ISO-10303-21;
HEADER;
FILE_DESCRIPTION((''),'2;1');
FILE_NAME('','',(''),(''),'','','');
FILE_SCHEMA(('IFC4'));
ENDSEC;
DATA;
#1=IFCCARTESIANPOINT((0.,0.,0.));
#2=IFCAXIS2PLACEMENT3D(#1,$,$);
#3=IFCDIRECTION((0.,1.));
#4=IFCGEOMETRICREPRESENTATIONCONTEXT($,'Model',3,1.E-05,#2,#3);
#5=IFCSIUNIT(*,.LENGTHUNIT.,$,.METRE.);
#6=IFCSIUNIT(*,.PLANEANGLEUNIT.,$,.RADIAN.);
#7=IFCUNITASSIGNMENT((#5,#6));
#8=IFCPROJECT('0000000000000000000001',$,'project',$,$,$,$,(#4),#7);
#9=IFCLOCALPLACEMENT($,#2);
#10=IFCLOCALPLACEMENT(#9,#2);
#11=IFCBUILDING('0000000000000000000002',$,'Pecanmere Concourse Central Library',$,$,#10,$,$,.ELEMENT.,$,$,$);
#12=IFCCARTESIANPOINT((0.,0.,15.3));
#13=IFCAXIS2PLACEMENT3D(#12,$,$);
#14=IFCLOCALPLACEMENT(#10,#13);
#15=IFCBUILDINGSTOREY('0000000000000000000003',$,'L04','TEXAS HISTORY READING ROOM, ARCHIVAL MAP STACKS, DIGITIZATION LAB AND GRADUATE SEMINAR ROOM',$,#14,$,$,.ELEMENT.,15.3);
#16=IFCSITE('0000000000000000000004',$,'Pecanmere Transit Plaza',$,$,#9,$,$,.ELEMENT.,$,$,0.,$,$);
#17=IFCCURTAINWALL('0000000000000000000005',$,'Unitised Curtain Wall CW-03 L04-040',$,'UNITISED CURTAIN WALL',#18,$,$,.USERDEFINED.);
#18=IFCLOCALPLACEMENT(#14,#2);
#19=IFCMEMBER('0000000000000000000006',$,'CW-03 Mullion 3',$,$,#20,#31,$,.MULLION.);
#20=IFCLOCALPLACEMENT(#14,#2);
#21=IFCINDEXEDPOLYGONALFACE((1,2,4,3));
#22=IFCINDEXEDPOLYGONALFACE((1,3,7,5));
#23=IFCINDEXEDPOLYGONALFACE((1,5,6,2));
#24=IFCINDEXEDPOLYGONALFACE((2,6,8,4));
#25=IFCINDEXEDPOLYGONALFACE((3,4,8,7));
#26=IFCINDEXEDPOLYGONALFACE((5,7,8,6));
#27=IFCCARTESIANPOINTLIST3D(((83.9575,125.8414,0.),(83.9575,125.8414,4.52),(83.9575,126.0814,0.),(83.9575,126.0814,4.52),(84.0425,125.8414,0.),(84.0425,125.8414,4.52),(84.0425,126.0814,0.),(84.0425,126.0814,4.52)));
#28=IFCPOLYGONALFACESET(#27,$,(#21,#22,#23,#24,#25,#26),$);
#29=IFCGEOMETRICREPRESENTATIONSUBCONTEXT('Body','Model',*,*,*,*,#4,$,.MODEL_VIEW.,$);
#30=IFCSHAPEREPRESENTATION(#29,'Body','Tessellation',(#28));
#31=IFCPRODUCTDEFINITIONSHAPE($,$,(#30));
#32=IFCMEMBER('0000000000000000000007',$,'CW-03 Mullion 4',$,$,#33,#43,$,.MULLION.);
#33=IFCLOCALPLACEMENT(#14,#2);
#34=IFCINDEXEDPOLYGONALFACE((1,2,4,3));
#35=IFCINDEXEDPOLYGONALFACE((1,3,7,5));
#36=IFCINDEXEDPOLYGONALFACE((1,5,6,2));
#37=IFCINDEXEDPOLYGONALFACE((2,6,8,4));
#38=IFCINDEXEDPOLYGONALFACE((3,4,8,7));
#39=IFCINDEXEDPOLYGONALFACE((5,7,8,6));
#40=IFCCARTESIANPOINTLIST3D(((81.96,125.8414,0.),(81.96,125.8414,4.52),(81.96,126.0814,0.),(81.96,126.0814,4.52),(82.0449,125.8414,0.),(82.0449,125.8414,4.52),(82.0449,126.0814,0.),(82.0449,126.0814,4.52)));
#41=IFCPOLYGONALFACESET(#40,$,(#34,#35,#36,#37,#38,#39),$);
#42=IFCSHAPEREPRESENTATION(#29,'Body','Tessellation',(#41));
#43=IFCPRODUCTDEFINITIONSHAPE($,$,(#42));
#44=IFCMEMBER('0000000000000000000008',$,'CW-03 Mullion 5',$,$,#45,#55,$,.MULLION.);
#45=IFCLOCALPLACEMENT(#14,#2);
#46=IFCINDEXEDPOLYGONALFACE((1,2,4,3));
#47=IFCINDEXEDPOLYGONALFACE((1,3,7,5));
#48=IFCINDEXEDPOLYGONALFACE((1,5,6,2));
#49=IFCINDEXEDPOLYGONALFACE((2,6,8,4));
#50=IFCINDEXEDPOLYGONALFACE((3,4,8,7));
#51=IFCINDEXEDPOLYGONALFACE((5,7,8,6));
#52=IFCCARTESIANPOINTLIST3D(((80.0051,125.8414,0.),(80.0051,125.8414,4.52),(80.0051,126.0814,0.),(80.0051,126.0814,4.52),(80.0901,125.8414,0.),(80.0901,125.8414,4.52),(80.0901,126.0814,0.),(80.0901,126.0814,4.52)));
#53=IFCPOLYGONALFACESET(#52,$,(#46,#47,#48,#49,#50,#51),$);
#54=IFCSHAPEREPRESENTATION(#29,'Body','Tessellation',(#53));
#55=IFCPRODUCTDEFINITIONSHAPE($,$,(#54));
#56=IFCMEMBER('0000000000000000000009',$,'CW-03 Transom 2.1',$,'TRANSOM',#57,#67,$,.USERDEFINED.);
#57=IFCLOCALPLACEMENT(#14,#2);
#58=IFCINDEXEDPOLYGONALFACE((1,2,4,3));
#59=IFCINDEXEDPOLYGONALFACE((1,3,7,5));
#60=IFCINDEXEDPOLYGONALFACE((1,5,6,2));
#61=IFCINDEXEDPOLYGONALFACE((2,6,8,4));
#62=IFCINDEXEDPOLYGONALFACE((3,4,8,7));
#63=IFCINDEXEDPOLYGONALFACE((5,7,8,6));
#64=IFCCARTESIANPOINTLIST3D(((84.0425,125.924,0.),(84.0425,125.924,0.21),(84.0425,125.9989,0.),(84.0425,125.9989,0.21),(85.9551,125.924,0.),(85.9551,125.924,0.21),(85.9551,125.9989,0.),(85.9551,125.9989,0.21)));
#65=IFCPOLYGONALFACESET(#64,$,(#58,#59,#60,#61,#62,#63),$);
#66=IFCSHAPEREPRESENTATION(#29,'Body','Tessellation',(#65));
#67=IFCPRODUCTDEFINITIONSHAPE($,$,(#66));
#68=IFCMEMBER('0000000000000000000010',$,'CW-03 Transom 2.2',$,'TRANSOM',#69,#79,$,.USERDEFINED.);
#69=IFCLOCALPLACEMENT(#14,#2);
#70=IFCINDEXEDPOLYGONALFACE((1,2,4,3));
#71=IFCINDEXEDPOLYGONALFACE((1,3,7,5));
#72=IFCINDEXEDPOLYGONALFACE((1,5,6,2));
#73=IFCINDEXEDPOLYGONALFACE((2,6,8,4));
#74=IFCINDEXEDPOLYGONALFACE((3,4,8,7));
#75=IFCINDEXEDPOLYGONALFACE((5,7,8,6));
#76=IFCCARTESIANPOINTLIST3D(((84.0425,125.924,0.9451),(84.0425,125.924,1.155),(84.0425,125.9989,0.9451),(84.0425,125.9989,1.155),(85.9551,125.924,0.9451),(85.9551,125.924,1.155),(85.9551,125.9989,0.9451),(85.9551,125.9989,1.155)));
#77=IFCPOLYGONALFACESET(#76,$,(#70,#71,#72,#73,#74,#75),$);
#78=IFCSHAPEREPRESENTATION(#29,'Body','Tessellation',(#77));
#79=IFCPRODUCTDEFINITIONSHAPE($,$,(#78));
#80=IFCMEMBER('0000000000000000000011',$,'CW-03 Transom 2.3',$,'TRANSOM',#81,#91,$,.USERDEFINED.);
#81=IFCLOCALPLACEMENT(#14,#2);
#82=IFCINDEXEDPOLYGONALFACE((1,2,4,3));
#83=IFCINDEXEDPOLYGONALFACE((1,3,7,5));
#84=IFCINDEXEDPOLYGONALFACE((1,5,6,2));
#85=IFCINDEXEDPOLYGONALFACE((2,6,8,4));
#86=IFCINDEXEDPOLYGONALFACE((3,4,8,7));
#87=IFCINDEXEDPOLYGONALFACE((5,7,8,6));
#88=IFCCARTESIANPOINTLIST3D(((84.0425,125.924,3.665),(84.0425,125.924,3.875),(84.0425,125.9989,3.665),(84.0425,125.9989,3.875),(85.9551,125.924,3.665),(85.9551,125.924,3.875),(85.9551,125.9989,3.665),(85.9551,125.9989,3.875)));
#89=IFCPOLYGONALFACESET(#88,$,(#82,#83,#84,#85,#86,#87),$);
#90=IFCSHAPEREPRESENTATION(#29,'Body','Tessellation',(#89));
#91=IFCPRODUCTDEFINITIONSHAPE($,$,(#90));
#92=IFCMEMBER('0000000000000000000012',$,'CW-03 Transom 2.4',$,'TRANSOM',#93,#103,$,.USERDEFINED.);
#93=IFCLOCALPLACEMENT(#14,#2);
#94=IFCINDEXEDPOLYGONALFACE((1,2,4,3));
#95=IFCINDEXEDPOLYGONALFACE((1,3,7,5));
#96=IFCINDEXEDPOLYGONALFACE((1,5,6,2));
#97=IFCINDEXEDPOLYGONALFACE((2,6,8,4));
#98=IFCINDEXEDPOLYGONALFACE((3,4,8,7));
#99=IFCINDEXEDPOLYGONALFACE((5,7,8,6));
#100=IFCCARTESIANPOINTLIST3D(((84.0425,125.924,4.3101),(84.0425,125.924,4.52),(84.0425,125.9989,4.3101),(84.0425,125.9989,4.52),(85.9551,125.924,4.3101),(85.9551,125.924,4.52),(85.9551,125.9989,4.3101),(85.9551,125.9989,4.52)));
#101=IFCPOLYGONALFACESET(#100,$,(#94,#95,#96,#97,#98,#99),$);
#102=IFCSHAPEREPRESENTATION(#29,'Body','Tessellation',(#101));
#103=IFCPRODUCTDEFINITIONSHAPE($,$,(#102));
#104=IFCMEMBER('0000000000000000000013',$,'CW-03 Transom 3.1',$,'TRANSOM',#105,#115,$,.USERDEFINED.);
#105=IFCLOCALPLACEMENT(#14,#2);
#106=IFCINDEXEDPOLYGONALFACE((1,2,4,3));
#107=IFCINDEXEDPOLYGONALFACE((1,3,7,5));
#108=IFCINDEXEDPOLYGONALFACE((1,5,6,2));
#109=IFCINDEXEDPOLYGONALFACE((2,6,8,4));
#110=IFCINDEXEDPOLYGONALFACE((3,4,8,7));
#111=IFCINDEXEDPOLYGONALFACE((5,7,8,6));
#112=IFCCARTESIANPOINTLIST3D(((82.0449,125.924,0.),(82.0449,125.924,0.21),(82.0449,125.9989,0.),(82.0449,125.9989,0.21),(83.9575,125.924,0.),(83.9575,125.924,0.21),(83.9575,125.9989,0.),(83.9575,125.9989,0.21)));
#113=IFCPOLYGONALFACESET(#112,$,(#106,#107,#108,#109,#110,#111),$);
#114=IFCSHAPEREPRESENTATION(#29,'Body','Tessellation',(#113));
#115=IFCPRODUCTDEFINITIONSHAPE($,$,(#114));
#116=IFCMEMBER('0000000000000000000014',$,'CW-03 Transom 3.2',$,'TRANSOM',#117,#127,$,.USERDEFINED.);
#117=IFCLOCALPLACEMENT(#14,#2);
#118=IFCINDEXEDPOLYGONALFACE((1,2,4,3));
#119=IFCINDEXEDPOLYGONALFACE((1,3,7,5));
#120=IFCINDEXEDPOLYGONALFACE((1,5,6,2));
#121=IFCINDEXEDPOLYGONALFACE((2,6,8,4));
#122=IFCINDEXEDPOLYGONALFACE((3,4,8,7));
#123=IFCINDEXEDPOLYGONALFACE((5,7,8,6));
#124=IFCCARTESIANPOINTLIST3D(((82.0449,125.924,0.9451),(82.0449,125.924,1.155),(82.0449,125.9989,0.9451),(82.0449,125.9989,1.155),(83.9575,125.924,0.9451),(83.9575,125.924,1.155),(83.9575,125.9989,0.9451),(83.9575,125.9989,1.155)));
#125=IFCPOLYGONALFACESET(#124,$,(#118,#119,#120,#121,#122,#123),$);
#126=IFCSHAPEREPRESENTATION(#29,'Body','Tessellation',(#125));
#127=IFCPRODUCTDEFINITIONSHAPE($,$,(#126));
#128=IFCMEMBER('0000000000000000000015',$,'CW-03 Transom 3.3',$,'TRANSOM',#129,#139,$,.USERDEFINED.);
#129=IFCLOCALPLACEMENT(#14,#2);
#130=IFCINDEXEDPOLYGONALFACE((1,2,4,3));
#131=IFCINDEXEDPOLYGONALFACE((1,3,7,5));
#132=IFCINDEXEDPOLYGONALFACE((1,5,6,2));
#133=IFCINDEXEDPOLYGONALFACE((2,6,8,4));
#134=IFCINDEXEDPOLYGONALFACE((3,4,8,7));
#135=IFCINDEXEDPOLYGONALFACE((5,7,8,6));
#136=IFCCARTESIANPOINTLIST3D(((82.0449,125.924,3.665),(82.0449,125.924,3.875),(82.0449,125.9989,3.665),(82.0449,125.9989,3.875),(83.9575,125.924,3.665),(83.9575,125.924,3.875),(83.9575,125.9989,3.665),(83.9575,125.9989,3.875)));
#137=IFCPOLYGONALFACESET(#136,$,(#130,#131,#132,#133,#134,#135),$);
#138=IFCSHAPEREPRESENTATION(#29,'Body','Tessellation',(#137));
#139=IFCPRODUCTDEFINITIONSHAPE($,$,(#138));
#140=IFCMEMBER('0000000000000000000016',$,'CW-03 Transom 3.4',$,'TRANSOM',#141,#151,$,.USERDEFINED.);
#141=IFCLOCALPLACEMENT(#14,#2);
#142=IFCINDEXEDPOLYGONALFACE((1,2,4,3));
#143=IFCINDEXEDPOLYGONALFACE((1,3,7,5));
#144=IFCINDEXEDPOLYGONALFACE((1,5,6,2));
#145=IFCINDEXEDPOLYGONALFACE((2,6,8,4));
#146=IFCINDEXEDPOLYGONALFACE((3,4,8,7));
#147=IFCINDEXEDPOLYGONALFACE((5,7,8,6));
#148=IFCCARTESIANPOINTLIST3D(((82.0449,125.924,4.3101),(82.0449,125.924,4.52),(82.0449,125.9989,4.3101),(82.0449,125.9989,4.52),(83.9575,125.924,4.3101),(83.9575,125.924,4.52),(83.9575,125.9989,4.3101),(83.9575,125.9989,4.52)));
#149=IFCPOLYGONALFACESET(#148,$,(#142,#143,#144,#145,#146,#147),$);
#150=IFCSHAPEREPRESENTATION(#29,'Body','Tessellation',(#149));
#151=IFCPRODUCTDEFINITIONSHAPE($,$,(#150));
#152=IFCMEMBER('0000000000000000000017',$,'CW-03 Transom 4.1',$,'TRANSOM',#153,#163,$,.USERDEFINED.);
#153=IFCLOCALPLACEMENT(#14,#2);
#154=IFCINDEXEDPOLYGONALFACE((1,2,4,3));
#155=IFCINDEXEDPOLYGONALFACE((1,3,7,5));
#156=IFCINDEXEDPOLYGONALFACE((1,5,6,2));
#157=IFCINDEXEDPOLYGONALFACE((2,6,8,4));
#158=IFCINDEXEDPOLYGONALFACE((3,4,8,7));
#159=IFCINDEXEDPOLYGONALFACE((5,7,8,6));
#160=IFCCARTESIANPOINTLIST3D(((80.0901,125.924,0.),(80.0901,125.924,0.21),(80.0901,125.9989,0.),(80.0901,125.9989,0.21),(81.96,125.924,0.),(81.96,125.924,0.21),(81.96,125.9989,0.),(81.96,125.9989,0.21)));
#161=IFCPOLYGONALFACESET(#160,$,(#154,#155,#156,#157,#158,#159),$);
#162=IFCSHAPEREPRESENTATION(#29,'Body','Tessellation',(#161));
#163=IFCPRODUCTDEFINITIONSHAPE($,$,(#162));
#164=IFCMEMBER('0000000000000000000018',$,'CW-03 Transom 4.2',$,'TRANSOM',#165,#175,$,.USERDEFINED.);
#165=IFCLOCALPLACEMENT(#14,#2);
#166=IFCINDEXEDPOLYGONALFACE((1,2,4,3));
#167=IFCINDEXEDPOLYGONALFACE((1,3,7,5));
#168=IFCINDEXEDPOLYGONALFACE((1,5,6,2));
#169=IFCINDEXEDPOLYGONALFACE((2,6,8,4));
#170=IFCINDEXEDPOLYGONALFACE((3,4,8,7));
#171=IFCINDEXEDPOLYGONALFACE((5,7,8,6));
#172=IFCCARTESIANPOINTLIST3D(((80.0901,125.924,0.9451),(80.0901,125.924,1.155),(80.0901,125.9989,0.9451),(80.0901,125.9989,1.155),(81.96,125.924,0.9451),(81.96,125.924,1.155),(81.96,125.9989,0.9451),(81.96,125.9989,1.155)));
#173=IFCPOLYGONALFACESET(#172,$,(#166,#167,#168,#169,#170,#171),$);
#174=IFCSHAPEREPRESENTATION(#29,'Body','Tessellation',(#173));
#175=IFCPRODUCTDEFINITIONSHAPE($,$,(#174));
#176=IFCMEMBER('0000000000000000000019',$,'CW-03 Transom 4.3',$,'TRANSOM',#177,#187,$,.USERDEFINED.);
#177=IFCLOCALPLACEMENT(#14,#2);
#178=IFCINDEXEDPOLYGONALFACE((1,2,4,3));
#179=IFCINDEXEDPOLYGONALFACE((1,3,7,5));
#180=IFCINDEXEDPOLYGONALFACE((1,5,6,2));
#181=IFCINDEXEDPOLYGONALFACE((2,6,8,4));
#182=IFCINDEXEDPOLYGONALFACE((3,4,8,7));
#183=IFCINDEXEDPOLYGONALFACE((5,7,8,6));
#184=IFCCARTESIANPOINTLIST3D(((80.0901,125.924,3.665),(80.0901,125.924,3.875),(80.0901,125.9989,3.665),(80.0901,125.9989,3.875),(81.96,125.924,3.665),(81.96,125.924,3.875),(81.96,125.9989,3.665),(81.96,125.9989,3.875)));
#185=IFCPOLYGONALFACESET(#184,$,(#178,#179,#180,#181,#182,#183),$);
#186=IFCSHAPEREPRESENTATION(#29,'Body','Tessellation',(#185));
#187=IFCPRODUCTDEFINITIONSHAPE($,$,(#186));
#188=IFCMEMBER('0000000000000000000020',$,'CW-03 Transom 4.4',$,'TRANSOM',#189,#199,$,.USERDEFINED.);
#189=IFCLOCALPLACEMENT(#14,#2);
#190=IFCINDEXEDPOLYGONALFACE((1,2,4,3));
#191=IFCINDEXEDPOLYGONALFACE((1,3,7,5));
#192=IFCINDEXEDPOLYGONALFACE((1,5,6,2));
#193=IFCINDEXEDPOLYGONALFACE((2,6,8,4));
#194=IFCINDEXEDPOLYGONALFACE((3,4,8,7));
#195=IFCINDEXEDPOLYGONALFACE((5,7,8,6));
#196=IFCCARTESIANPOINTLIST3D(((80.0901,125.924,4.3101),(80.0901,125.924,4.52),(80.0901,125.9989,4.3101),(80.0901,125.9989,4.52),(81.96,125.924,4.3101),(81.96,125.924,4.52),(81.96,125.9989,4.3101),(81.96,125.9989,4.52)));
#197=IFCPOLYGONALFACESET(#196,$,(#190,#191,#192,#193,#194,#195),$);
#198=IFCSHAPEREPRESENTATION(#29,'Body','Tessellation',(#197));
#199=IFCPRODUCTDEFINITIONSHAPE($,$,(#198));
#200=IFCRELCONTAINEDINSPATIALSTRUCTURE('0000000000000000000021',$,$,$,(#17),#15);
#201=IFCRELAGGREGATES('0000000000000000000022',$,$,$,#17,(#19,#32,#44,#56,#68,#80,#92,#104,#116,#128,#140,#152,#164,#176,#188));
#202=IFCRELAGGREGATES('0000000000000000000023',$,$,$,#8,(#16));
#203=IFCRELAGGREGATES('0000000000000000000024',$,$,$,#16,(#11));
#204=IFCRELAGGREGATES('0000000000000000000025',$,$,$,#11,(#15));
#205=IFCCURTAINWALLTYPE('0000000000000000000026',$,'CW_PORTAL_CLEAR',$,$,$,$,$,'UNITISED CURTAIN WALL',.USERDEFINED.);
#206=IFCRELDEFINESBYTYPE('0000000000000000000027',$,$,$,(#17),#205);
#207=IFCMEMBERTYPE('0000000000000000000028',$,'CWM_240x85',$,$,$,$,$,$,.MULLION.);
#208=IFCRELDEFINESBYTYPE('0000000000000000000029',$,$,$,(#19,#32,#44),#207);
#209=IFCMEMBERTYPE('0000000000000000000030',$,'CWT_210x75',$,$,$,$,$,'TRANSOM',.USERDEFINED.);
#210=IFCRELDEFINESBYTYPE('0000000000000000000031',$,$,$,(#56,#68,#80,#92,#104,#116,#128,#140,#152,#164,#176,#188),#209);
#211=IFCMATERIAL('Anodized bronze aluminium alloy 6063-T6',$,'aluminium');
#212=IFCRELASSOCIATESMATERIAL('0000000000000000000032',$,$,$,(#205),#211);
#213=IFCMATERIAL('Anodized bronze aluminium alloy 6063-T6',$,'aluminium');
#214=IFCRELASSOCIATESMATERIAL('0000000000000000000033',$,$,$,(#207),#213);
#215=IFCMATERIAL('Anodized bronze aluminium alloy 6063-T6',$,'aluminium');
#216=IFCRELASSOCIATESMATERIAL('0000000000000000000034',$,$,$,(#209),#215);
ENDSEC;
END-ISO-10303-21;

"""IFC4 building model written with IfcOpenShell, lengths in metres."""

from ifc_helpers import new_model, si_unit, direction, frame, origin, origin_2d, place, context, subcontext, project, spatial, rectangle, extrude, material, material_profile, profile_set, type_object, element, aggregate, save


model = new_model("IFC4")

# Units and contexts
model_context = context("Model", 3, precision=1e-05, world=origin(), true_north=direction((0.0, 1.0)))
body_context = subcontext(model_context, "Body", "Model", "MODEL_VIEW")
ifc_project = project(units=[si_unit("LENGTHUNIT", "METRE"), si_unit("PLANEANGLEUNIT", "RADIAN")], contexts=[model_context])

# Site, building, storey
site_placement = place(None, origin())
site = spatial("IfcSite", under=ifc_project, at=site_placement, Name="Pecanmere Transit Plaza", CompositionType="ELEMENT", RefElevation=0.0)
building_placement = place(site_placement, origin())
building = spatial("IfcBuilding", under=site, at=building_placement, Name="Pecanmere Concourse Central Library", CompositionType="ELEMENT")
storey_placement = place(building_placement, frame((0.0, 0.0, 15.3)))
storey = spatial("IfcBuildingStorey", under=building, at=storey_placement, Name="L04", Description="TEXAS HISTORY READING ROOM, ARCHIVAL MAP STACKS, DIGITIZATION LAB AND GRADUATE SEMINAR ROOM", CompositionType="ELEMENT", Elevation=15.3)

# Curtain wall, members
ifc_material_1 = material(Name="Anodized bronze aluminium alloy 6063-T6", Category="aluminium")
curtain_wall_type = type_object("IfcCurtainWallType", Name="CW_PORTAL_CLEAR", ElementType="UNITISED CURTAIN WALL", PredefinedType="USERDEFINED", material=ifc_material_1)
curtain_wall_placement = place(storey_placement, origin())
curtain_wall = element("IfcCurtainWall", 1, at=curtain_wall_placement, inside=storey, type_object=curtain_wall_type, Name="Unitised Curtain Wall CW-03 L04-040", ObjectType="UNITISED CURTAIN WALL", PredefinedType="USERDEFINED")
ifc_material_2 = material(Name="Anodized bronze aluminium alloy 6063-T6", Category="aluminium")
ifc_material_profile_1 = material_profile(ifc_material_2, rectangle(XDim=0.085, YDim=0.24, at=origin_2d()), Name="AL 85x240")
ifc_profile_set_1 = profile_set([ifc_material_profile_1], Name="Anodized bronze aluminium alloy 6063-T6")
member_type_1 = type_object("IfcMemberType", Name="CWM_240x85", PredefinedType="MULLION", material=ifc_profile_set_1)
member_1_placement = place(storey_placement, frame((84.0, 125.9614, 0.0), z_axis=(0.0, 0.0, 1.0), x_axis=(-1.0, 0.0, 0.0)))
member_1 = element("IfcMember", 2, at=member_1_placement, type_object=member_type_1, Name="CW-03 Mullion 3", PredefinedType="MULLION", context=body_context, shape_type="SweptSolid", body=[
    extrude(rectangle(XDim=0.085, YDim=0.24, at=origin_2d()), origin(), (0.0, 0.0, 1.0), 4.52),
])
member_2_placement = place(storey_placement, frame((82.0024, 125.9614, 0.0), z_axis=(0.0, 0.0, 1.0), x_axis=(-1.0, 0.0, 0.0)))
member_2 = element("IfcMember", 3, at=member_2_placement, type_object=member_type_1, Name="CW-03 Mullion 4", PredefinedType="MULLION", context=body_context, shape_type="SweptSolid", body=[
    extrude(rectangle(XDim=0.085, YDim=0.24, at=origin_2d()), origin(), (0.0, 0.0, 1.0), 4.52),
])
member_3_placement = place(storey_placement, frame((80.0476, 125.9614, 0.0), z_axis=(0.0, 0.0, 1.0), x_axis=(-1.0, 0.0, 0.0)))
member_3 = element("IfcMember", 4, at=member_3_placement, type_object=member_type_1, Name="CW-03 Mullion 5", PredefinedType="MULLION", context=body_context, shape_type="SweptSolid", body=[
    extrude(rectangle(XDim=0.085, YDim=0.24, at=origin_2d()), origin(), (0.0, 0.0, 1.0), 4.52),
])
ifc_material_3 = material(Name="Anodized bronze aluminium alloy 6063-T6", Category="aluminium")
ifc_material_profile_2 = material_profile(ifc_material_3, rectangle(XDim=0.075, YDim=0.21, at=origin_2d()), Name="AL 75x210")
ifc_profile_set_2 = profile_set([ifc_material_profile_2], Name="Anodized bronze aluminium alloy 6063-T6")
member_type_2 = type_object("IfcMemberType", Name="CWT_210x75", ElementType="TRANSOM", PredefinedType="USERDEFINED", material=ifc_profile_set_2)
member_4_placement = place(storey_placement, frame((85.9551, 125.9614, 0.105), z_axis=(-1.0, 0.0, 0.0), x_axis=(0.0, -1.0, 0.0)))
member_4 = element("IfcMember", 5, at=member_4_placement, type_object=member_type_2, Name="CW-03 Transom 2.1", ObjectType="TRANSOM", PredefinedType="USERDEFINED", context=body_context, shape_type="SweptSolid", body=[
    extrude(rectangle(XDim=0.075, YDim=0.21, at=origin_2d()), origin(), (0.0, 0.0, 1.0), 1.9126),
])
member_5_placement = place(storey_placement, frame((85.9551, 125.9614, 1.05), z_axis=(-1.0, 0.0, 0.0), x_axis=(0.0, -1.0, 0.0)))
member_5 = element("IfcMember", 6, at=member_5_placement, type_object=member_type_2, Name="CW-03 Transom 2.2", ObjectType="TRANSOM", PredefinedType="USERDEFINED", context=body_context, shape_type="SweptSolid", body=[
    extrude(rectangle(XDim=0.075, YDim=0.21, at=origin_2d()), origin(), (0.0, 0.0, 1.0), 1.9126),
])
member_6_placement = place(storey_placement, frame((85.9551, 125.9614, 3.77), z_axis=(-1.0, 0.0, 0.0), x_axis=(0.0, -1.0, 0.0)))
member_6 = element("IfcMember", 7, at=member_6_placement, type_object=member_type_2, Name="CW-03 Transom 2.3", ObjectType="TRANSOM", PredefinedType="USERDEFINED", context=body_context, shape_type="SweptSolid", body=[
    extrude(rectangle(XDim=0.075, YDim=0.21, at=origin_2d()), origin(), (0.0, 0.0, 1.0), 1.9126),
])
member_7_placement = place(storey_placement, frame((85.9551, 125.9614, 4.415), z_axis=(-1.0, 0.0, 0.0), x_axis=(0.0, -1.0, 0.0)))
member_7 = element("IfcMember", 8, at=member_7_placement, type_object=member_type_2, Name="CW-03 Transom 2.4", ObjectType="TRANSOM", PredefinedType="USERDEFINED", context=body_context, shape_type="SweptSolid", body=[
    extrude(rectangle(XDim=0.075, YDim=0.21, at=origin_2d()), origin(), (0.0, 0.0, 1.0), 1.9126),
])
member_8_placement = place(storey_placement, frame((83.9575, 125.9614, 0.105), z_axis=(-1.0, 0.0, 0.0), x_axis=(0.0, -1.0, 0.0)))
member_8 = element("IfcMember", 9, at=member_8_placement, type_object=member_type_2, Name="CW-03 Transom 3.1", ObjectType="TRANSOM", PredefinedType="USERDEFINED", context=body_context, shape_type="SweptSolid", body=[
    extrude(rectangle(XDim=0.075, YDim=0.21, at=origin_2d()), origin(), (0.0, 0.0, 1.0), 1.9126),
])
member_9_placement = place(storey_placement, frame((83.9575, 125.9614, 1.05), z_axis=(-1.0, 0.0, 0.0), x_axis=(0.0, -1.0, 0.0)))
member_9 = element("IfcMember", 10, at=member_9_placement, type_object=member_type_2, Name="CW-03 Transom 3.2", ObjectType="TRANSOM", PredefinedType="USERDEFINED", context=body_context, shape_type="SweptSolid", body=[
    extrude(rectangle(XDim=0.075, YDim=0.21, at=origin_2d()), origin(), (0.0, 0.0, 1.0), 1.9126),
])
member_10_placement = place(storey_placement, frame((83.9575, 125.9614, 3.77), z_axis=(-1.0, 0.0, 0.0), x_axis=(0.0, -1.0, 0.0)))
member_10 = element("IfcMember", 11, at=member_10_placement, type_object=member_type_2, Name="CW-03 Transom 3.3", ObjectType="TRANSOM", PredefinedType="USERDEFINED", context=body_context, shape_type="SweptSolid", body=[
    extrude(rectangle(XDim=0.075, YDim=0.21, at=origin_2d()), origin(), (0.0, 0.0, 1.0), 1.9126),
])
member_11_placement = place(storey_placement, frame((83.9575, 125.9614, 4.415), z_axis=(-1.0, 0.0, 0.0), x_axis=(0.0, -1.0, 0.0)))
member_11 = element("IfcMember", 12, at=member_11_placement, type_object=member_type_2, Name="CW-03 Transom 3.4", ObjectType="TRANSOM", PredefinedType="USERDEFINED", context=body_context, shape_type="SweptSolid", body=[
    extrude(rectangle(XDim=0.075, YDim=0.21, at=origin_2d()), origin(), (0.0, 0.0, 1.0), 1.9126),
])
member_12_placement = place(storey_placement, frame((81.96, 125.9614, 0.105), z_axis=(-1.0, 0.0, 0.0), x_axis=(0.0, -1.0, 0.0)))
member_12 = element("IfcMember", 13, at=member_12_placement, type_object=member_type_2, Name="CW-03 Transom 4.1", ObjectType="TRANSOM", PredefinedType="USERDEFINED", context=body_context, shape_type="SweptSolid", body=[
    extrude(rectangle(XDim=0.075, YDim=0.21, at=origin_2d()), origin(), (0.0, 0.0, 1.0), 1.8699),
])
member_13_placement = place(storey_placement, frame((81.96, 125.9614, 1.05), z_axis=(-1.0, 0.0, 0.0), x_axis=(0.0, -1.0, 0.0)))
member_13 = element("IfcMember", 14, at=member_13_placement, type_object=member_type_2, Name="CW-03 Transom 4.2", ObjectType="TRANSOM", PredefinedType="USERDEFINED", context=body_context, shape_type="SweptSolid", body=[
    extrude(rectangle(XDim=0.075, YDim=0.21, at=origin_2d()), origin(), (0.0, 0.0, 1.0), 1.8699),
])
member_14_placement = place(storey_placement, frame((81.96, 125.9614, 3.77), z_axis=(-1.0, 0.0, 0.0), x_axis=(0.0, -1.0, 0.0)))
member_14 = element("IfcMember", 15, at=member_14_placement, type_object=member_type_2, Name="CW-03 Transom 4.3", ObjectType="TRANSOM", PredefinedType="USERDEFINED", context=body_context, shape_type="SweptSolid", body=[
    extrude(rectangle(XDim=0.075, YDim=0.21, at=origin_2d()), origin(), (0.0, 0.0, 1.0), 1.8699),
])
member_15_placement = place(storey_placement, frame((81.96, 125.9614, 4.415), z_axis=(-1.0, 0.0, 0.0), x_axis=(0.0, -1.0, 0.0)))
member_15 = element("IfcMember", 16, at=member_15_placement, type_object=member_type_2, Name="CW-03 Transom 4.4", ObjectType="TRANSOM", PredefinedType="USERDEFINED", context=body_context, shape_type="SweptSolid", body=[
    extrude(rectangle(XDim=0.075, YDim=0.21, at=origin_2d()), origin(), (0.0, 0.0, 1.0), 1.8699),
])

aggregate(curtain_wall, [member_1, member_2, member_3, member_4, member_5, member_6, member_7, member_8, member_9, member_10, member_11, member_12, member_13, member_14, member_15])

save(model, "model.ifc")
